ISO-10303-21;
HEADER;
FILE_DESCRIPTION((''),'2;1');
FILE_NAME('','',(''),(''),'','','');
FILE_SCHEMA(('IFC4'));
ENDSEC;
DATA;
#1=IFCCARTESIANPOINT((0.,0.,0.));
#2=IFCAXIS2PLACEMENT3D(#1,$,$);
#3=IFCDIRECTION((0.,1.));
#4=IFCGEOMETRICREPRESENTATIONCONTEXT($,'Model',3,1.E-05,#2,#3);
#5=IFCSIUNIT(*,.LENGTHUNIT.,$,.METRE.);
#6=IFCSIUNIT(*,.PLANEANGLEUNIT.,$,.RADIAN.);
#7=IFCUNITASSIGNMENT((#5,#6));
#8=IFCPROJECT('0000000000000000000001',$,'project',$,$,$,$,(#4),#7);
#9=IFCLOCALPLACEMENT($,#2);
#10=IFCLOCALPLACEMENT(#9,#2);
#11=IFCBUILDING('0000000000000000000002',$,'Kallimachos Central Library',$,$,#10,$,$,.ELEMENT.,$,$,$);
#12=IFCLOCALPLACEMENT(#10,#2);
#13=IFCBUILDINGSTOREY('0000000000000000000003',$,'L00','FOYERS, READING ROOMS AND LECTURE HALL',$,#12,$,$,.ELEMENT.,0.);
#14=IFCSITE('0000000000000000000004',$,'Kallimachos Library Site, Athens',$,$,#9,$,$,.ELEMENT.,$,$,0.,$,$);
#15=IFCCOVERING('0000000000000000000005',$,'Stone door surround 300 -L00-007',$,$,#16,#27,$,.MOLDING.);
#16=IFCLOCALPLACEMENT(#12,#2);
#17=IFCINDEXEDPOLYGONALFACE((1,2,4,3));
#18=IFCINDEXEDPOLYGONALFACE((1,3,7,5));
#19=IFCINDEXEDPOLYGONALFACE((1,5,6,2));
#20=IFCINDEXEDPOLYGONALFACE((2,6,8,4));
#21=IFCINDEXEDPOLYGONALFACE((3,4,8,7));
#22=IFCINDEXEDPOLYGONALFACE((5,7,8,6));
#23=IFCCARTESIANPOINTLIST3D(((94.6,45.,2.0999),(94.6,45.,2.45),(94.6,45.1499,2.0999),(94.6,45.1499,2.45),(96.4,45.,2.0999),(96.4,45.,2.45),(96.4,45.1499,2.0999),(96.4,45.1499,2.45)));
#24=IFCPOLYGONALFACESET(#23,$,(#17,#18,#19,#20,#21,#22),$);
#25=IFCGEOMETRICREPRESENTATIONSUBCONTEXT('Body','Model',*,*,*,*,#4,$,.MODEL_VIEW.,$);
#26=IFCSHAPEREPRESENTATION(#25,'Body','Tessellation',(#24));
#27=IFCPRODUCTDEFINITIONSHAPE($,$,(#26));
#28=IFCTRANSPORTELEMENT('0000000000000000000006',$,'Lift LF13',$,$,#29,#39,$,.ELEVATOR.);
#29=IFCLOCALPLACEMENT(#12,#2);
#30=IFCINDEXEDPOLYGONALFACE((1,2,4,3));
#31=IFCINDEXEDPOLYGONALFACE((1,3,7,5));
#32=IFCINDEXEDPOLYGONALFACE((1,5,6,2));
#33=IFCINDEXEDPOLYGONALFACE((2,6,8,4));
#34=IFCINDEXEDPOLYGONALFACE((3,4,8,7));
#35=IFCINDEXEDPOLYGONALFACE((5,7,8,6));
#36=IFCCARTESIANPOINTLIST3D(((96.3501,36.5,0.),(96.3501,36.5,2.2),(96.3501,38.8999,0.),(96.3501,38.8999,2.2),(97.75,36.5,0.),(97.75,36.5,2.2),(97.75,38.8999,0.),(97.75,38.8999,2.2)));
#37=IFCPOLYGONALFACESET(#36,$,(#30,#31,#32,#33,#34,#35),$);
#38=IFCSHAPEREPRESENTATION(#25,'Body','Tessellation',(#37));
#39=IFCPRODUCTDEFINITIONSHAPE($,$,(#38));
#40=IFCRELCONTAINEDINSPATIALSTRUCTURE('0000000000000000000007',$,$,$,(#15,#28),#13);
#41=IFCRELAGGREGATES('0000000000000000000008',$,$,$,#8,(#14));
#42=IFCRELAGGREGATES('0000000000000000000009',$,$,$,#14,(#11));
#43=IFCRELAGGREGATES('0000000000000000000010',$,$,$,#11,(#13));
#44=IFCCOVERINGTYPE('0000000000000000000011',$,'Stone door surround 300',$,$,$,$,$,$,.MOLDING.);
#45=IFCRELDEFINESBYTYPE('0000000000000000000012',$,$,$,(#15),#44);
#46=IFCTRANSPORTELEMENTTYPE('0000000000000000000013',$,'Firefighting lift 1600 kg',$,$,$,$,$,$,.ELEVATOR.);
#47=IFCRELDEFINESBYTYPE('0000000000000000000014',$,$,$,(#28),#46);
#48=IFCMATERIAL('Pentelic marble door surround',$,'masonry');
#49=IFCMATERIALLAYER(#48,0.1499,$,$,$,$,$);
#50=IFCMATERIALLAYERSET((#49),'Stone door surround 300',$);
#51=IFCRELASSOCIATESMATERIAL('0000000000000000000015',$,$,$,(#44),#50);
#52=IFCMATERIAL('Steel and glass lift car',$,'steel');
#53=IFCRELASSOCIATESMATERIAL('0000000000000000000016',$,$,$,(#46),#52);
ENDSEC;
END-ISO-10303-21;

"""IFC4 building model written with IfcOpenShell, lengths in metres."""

from ifc_helpers import new_model, si_unit, direction, frame, origin, origin_2d, place, context, subcontext, project, spatial, rectangle, extrude, material, layer, layer_set, type_object, element, save


model = new_model("IFC4")

# Units and contexts
model_context = context("Model", 3, precision=1e-05, world=origin(), true_north=direction((0.0, 1.0)))
body_context = subcontext(model_context, "Body", "Model", "MODEL_VIEW")
ifc_project = project(units=[si_unit("LENGTHUNIT", "METRE"), si_unit("PLANEANGLEUNIT", "RADIAN")], contexts=[model_context])

# Site, building, storey
site_placement = place(None, origin())
site = spatial("IfcSite", under=ifc_project, at=site_placement, Name="Kallimachos Library Site, Athens", CompositionType="ELEMENT", RefElevation=0.0)
building_placement = place(site_placement, origin())
building = spatial("IfcBuilding", under=site, at=building_placement, Name="Kallimachos Central Library", CompositionType="ELEMENT")
storey_placement = place(building_placement, origin())
storey = spatial("IfcBuildingStorey", under=building, at=storey_placement, Name="L00", Description="FOYERS, READING ROOMS AND LECTURE HALL", CompositionType="ELEMENT", Elevation=0.0)

# Covering
ifc_material_1 = material(Name="Pentelic marble door surround", Category="masonry")
ifc_layer_1 = layer(ifc_material_1, 0.1499)
ifc_layer_set_1 = layer_set([ifc_layer_1], Name="Stone door surround 300")
covering_type = type_object("IfcCoveringType", Name="Stone door surround 300", PredefinedType="MOLDING", material=ifc_layer_set_1)
covering_1_placement = place(storey_placement, frame((95.5, 45.075, 2.0999), z_axis=(0.0, 0.0, 1.0), x_axis=(1.0, 0.0, 0.0)))
element("IfcCovering", 1, at=covering_1_placement, inside=storey, type_object=covering_type, Name="Stone door surround 300 -L00-007", PredefinedType="MOLDING", context=body_context, shape_type="SweptSolid", body=[
    extrude(rectangle(XDim=1.8, YDim=0.1499, at=origin_2d()), origin(), (0.0, 0.0, 1.0), 0.3501),
])

# Transport element
ifc_material_2 = material(Name="Steel and glass lift car", Category="steel")
transport_element_type = type_object("IfcTransportElementType", Name="Firefighting lift 1600 kg", PredefinedType="ELEVATOR", material=ifc_material_2)
transport_element_placement = place(storey_placement, frame((97.05, 37.7, 0.0), z_axis=(0.0, 0.0, 1.0), x_axis=(1.0, 0.0, 0.0)))
element("IfcTransportElement", 2, at=transport_element_placement, inside=storey, type_object=transport_element_type, Name="Lift LF13", PredefinedType="ELEVATOR", context=body_context, shape_type="SweptSolid", body=[
    extrude(rectangle(XDim=1.3999, YDim=2.3999, at=origin_2d()), origin(), (0.0, 0.0, 1.0), 2.2),
])

save(model, "model.ifc")
